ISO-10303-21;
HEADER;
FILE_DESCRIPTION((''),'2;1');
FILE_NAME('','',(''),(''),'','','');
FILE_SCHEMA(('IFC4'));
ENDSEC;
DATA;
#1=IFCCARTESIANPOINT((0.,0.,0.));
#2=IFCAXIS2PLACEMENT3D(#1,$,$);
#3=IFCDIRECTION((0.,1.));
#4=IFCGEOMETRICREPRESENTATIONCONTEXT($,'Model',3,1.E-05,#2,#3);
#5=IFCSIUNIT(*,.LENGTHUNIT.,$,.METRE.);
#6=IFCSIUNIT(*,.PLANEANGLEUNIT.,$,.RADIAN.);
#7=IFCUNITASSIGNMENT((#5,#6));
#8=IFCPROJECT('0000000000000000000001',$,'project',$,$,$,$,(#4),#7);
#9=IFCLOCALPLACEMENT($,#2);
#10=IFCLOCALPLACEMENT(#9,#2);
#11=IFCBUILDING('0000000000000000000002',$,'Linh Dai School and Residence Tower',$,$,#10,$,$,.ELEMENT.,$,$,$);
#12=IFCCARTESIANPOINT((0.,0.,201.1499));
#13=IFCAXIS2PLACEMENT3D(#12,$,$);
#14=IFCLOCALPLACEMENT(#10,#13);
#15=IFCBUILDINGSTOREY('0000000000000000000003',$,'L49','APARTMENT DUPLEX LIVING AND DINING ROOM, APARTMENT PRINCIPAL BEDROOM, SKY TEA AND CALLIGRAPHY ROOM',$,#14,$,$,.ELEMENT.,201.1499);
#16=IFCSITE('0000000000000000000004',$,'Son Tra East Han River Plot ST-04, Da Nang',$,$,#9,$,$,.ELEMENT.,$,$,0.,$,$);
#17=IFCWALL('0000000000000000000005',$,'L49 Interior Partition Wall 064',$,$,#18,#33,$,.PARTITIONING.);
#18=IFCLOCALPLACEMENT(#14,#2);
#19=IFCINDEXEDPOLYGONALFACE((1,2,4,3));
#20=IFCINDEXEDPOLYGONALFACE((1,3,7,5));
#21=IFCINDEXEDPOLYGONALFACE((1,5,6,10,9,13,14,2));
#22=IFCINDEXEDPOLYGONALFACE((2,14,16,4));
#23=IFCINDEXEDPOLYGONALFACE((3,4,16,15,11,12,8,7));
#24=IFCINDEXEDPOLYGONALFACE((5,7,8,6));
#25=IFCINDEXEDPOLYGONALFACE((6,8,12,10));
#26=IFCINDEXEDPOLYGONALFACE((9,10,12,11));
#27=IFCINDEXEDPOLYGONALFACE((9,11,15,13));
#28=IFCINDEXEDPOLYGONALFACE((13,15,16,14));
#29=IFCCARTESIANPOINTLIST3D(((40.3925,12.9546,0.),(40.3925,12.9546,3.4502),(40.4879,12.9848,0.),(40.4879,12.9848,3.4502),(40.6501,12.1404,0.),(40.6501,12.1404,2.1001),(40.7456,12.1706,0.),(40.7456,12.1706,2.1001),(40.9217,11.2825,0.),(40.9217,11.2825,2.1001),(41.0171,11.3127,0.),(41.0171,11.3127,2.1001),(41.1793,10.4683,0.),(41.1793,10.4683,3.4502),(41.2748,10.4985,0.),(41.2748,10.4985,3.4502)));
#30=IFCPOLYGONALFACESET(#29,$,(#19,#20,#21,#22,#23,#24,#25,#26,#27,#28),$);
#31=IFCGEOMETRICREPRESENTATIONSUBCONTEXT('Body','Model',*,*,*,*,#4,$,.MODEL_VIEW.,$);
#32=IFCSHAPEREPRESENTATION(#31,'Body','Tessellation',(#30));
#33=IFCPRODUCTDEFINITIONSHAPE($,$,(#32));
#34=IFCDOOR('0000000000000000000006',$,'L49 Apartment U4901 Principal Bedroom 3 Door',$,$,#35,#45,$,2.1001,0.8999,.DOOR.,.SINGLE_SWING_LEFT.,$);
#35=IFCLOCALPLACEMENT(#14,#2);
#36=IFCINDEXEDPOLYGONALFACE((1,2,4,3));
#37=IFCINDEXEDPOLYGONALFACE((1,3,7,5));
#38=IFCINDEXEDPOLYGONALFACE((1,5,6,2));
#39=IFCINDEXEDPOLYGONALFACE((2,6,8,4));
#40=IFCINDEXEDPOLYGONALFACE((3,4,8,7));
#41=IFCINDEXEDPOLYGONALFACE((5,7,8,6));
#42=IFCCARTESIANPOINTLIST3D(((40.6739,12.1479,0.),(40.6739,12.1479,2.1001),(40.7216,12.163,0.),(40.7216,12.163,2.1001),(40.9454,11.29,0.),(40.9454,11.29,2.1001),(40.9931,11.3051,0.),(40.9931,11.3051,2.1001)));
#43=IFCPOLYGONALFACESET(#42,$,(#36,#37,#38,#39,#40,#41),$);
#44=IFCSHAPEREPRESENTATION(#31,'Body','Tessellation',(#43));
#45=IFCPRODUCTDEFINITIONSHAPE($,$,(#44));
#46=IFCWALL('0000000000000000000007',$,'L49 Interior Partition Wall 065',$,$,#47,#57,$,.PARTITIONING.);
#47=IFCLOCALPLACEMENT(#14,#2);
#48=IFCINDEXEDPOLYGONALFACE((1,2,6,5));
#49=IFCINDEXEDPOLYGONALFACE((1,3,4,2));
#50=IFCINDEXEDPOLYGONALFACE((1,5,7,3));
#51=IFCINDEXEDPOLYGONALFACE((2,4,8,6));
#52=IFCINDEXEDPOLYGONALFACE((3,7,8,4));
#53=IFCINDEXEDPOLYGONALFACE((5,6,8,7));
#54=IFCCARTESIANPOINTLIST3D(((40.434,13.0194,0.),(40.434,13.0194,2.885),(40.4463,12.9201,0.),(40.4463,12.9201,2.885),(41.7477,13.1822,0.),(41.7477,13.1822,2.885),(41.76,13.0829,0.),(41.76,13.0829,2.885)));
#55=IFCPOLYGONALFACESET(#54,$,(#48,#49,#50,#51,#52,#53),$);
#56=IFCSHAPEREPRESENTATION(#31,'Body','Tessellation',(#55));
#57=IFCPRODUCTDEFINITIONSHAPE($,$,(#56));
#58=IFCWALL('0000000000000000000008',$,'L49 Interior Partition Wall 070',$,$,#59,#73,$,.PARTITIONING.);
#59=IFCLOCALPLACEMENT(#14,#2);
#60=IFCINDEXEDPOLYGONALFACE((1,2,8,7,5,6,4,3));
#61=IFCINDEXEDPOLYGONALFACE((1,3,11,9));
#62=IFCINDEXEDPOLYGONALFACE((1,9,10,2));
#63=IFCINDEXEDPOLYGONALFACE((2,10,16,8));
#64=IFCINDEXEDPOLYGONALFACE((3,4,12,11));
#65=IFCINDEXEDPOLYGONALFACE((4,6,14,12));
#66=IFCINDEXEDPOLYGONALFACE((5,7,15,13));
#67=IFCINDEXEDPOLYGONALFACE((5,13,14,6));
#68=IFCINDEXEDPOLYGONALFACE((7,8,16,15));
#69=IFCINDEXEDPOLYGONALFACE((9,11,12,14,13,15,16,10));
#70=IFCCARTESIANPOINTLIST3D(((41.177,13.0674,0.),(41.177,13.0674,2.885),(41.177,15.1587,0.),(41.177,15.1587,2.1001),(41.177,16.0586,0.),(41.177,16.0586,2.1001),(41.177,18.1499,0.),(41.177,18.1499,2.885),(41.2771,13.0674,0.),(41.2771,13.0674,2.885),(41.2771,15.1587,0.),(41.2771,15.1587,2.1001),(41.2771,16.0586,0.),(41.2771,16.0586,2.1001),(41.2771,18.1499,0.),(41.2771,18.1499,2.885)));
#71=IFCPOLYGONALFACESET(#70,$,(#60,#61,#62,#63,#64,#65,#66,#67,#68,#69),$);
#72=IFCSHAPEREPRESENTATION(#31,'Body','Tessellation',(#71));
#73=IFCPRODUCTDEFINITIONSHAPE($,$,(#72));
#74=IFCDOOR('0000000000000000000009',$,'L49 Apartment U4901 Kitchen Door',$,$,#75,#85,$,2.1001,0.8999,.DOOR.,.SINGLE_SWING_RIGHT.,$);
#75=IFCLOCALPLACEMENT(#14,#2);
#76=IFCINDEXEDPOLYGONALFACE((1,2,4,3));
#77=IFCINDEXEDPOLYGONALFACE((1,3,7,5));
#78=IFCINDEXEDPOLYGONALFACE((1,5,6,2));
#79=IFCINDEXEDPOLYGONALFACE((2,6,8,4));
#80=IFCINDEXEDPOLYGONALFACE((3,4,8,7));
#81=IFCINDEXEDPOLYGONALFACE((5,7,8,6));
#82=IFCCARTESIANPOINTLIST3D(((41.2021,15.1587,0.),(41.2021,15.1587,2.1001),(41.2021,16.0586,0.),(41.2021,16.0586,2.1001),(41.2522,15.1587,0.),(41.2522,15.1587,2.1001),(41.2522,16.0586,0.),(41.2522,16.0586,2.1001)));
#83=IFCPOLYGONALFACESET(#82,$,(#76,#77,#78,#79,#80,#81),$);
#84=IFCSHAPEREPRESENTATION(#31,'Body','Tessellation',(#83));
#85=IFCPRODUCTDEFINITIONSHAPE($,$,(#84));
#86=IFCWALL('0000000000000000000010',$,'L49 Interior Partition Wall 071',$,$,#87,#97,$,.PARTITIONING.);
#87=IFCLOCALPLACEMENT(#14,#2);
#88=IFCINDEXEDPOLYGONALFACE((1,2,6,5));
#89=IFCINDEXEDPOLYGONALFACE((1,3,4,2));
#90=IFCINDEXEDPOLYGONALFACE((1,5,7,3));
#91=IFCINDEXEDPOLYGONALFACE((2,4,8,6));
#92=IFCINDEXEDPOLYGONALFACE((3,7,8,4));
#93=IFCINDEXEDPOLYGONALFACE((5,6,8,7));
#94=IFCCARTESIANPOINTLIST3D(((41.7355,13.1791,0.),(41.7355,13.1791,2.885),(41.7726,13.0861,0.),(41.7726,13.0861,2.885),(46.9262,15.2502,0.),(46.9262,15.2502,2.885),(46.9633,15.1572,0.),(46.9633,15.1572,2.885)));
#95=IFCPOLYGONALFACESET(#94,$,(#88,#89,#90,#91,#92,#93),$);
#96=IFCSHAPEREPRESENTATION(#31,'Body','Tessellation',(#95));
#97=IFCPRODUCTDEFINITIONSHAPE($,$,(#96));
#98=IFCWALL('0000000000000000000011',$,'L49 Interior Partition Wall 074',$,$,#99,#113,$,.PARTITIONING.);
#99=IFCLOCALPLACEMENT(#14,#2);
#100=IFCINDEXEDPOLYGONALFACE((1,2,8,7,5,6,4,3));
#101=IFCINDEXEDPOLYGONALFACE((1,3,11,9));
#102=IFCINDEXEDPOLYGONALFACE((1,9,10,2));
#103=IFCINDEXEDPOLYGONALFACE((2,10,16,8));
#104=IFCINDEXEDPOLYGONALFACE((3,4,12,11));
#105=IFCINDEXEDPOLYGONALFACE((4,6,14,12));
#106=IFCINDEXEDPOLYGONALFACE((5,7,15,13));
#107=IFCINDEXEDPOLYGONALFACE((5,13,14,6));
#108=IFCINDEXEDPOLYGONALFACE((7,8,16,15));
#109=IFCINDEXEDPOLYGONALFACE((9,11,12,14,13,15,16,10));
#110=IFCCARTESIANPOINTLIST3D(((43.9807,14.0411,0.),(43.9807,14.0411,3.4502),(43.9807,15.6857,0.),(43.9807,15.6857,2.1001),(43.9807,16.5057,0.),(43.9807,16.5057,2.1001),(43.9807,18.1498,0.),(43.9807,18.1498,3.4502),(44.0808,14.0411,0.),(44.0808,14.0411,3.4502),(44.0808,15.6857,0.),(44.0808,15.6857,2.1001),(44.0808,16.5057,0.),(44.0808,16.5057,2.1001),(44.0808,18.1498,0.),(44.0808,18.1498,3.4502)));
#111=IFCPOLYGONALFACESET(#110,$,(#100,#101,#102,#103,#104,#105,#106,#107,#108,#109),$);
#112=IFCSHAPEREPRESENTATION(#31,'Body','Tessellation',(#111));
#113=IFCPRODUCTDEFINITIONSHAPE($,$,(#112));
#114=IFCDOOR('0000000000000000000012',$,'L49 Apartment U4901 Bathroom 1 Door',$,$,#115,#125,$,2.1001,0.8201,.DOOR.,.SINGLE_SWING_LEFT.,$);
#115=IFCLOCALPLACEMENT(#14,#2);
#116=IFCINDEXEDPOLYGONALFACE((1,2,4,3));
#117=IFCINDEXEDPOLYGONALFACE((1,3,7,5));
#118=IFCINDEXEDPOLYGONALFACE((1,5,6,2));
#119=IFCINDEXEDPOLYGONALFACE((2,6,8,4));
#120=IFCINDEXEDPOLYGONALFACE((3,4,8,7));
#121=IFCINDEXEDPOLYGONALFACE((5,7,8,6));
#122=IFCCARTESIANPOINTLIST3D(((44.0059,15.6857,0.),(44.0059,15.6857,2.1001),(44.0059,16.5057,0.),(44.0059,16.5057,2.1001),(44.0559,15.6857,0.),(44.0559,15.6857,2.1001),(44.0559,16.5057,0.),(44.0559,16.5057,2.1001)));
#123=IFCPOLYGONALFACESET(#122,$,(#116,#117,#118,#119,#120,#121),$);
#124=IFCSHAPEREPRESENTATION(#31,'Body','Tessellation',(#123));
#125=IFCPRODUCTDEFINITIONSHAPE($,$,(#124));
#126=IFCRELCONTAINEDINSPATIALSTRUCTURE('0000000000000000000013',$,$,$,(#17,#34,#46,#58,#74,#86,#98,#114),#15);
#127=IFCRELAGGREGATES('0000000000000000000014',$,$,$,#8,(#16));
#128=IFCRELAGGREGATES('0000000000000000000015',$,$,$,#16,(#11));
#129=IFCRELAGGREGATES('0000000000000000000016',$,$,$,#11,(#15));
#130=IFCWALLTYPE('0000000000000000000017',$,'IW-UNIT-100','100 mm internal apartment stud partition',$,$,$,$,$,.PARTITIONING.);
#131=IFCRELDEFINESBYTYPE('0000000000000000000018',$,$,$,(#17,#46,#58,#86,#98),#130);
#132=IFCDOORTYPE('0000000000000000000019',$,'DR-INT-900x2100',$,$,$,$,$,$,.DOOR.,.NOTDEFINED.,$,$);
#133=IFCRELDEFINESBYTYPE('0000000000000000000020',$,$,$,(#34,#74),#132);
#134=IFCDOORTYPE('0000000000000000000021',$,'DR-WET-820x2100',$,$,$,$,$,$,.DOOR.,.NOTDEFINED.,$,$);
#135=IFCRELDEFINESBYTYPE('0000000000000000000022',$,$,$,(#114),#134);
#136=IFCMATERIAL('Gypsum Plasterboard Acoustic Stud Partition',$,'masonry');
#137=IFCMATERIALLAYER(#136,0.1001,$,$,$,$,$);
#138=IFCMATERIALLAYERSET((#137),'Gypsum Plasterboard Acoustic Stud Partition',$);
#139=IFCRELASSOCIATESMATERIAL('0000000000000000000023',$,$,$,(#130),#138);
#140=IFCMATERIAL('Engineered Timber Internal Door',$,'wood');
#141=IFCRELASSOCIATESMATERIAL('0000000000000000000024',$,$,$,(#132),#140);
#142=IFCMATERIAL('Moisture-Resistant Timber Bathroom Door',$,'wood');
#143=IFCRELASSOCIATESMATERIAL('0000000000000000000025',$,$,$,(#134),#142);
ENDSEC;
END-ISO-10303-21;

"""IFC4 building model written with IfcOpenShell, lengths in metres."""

from ifc_helpers import new_model, si_unit, direction, frame, frame_2d, origin, origin_2d, place, context, subcontext, project, spatial, rectangle, extrude, source, transform, mapped, material, layer, layer_set, type_object, element, fill, save


model = new_model("IFC4")

# Units and contexts
model_context = context("Model", 3, precision=1e-05, world=origin(), true_north=direction((0.0, 1.0)))
body_context = subcontext(model_context, "Body", "Model", "MODEL_VIEW")
ifc_project = project(units=[si_unit("LENGTHUNIT", "METRE"), si_unit("PLANEANGLEUNIT", "RADIAN")], contexts=[model_context])

# Site, building, storey
site_placement = place(None, origin())
site = spatial("IfcSite", under=ifc_project, at=site_placement, Name="Son Tra East Han River Plot ST-04, Da Nang", CompositionType="ELEMENT", RefElevation=0.0)
building_placement = place(site_placement, origin())
building = spatial("IfcBuilding", under=site, at=building_placement, Name="Linh Dai School and Residence Tower", CompositionType="ELEMENT")
storey_placement = place(building_placement, frame((0.0, 0.0, 201.1499)))
storey = spatial("IfcBuildingStorey", under=building, at=storey_placement, Name="L49", Description="APARTMENT DUPLEX LIVING AND DINING ROOM, APARTMENT PRINCIPAL BEDROOM, SKY TEA AND CALLIGRAPHY ROOM", CompositionType="ELEMENT", Elevation=201.1499)

# Wall, opening, door
ifc_material_1 = material(Name="Gypsum Plasterboard Acoustic Stud Partition", Category="masonry")
ifc_layer_1 = layer(ifc_material_1, 0.1001)
ifc_layer_set_1 = layer_set([ifc_layer_1], Name="Gypsum Plasterboard Acoustic Stud Partition")
wall_type_1 = type_object("IfcWallType", Name="IW-UNIT-100", Description="100 mm internal apartment stud partition", PredefinedType="PARTITIONING", material=ifc_layer_set_1)
wall_1_placement = place(storey_placement, frame((40.4402, 12.9697, 0.0), z_axis=(0.0, 0.0, 1.0), x_axis=(0.301727, -0.953394, 0.0)))
wall_1 = element("IfcWall", 1, at=wall_1_placement, inside=storey, type_object=wall_type_1, Name="L49 Interior Partition Wall 064", PredefinedType="PARTITIONING", context=body_context, shape_type="SweptSolid", body=[
    extrude(rectangle(XDim=2.6079, YDim=0.1001, at=frame_2d((1.304, 0.0))), origin(), (0.0, 0.0, 1.0), 3.4502),
])
opening_1_placement = place(wall_1_placement, frame((0.854, 0.0, 0.0)))
opening_1 = element("IfcOpeningElement", 2, at=opening_1_placement, cuts=wall_1, PredefinedType="OPENING", context=body_context, shape_type="SweptSolid", body=[
    extrude(rectangle(XDim=0.8999, YDim=2.1001, at=origin_2d()), frame((0.45, 0.0601, 1.05), z_axis=(0.0, -1.0, 0.0), x_axis=(1.0, 0.0, 0.0)), (0.0, 0.0, 1.0), 0.1201),
])
ifc_material_2 = material(Name="Engineered Timber Internal Door", Category="wood")
door_type_1 = type_object("IfcDoorType", Name="DR-INT-900x2100", OperationType="NOTDEFINED", PredefinedType="DOOR", material=ifc_material_2)
shared_shape_1 = source(origin(), body_context, "Body", "SweptSolid", [
    extrude(rectangle(XDim=0.8999, YDim=2.1001, at=origin_2d()), frame((0.45, 0.0249, 1.05), z_axis=(0.0, -1.0, 0.0), x_axis=(1.0, 0.0, 0.0)), (0.0, 0.0, 1.0), 0.05),
])
door_1_placement = place(opening_1_placement, origin())
door_1 = element("IfcDoor", 3, at=door_1_placement, inside=storey, type_object=door_type_1, Name="L49 Apartment U4901 Principal Bedroom 3 Door", OperationType="SINGLE_SWING_LEFT", OverallHeight=2.1001, OverallWidth=0.8999, PredefinedType="DOOR", context=body_context, shape_type="MappedRepresentation", body=[
    mapped(shared_shape_1, transform((0.0, 0.0, 0.0), x_axis=(1.0, 0.0, 0.0), y_axis=(0.0, 1.0, 0.0), z_axis=(0.0, 0.0, 1.0), scale=1.0)),
])
fill(opening_1, door_1)

# Wall
wall_2_placement = place(storey_placement, frame((40.4402, 12.9697, 0.0), z_axis=(0.0, 0.0, 1.0), x_axis=(0.992405, 0.123013, 0.0)))
element("IfcWall", 4, at=wall_2_placement, inside=storey, type_object=wall_type_1, Name="L49 Interior Partition Wall 065", PredefinedType="PARTITIONING", context=body_context, shape_type="SweptSolid", body=[
    extrude(rectangle(XDim=1.3237, YDim=0.1001, at=frame_2d((0.6619, 0.0))), origin(), (0.0, 0.0, 1.0), 2.885),
])

# Wall, opening, door
wall_3_placement = place(storey_placement, frame((41.2271, 13.0674, 0.0), z_axis=(0.0, 0.0, 1.0), x_axis=(0.0, 1.0, 0.0)))
wall_3 = element("IfcWall", 5, at=wall_3_placement, inside=storey, type_object=wall_type_1, Name="L49 Interior Partition Wall 070", PredefinedType="PARTITIONING", context=body_context, shape_type="SweptSolid", body=[
    extrude(rectangle(XDim=5.0825, YDim=0.1001, at=frame_2d((2.5413, 0.0))), origin(), (0.0, 0.0, 1.0), 2.885),
])
opening_2_placement = place(wall_3_placement, frame((2.0913, 0.0, 0.0)))
opening_2 = element("IfcOpeningElement", 6, at=opening_2_placement, cuts=wall_3, PredefinedType="OPENING", context=body_context, shape_type="SweptSolid", body=[
    extrude(rectangle(XDim=0.8999, YDim=2.1001, at=origin_2d()), frame((0.45, 0.0601, 1.05), z_axis=(0.0, -1.0, 0.0), x_axis=(1.0, 0.0, 0.0)), (0.0, 0.0, 1.0), 0.1201),
])
door_2_placement = place(opening_2_placement, origin())
door_2 = element("IfcDoor", 7, at=door_2_placement, inside=storey, type_object=door_type_1, Name="L49 Apartment U4901 Kitchen Door", OperationType="SINGLE_SWING_RIGHT", OverallHeight=2.1001, OverallWidth=0.8999, PredefinedType="DOOR", context=body_context, shape_type="MappedRepresentation", body=[
    mapped(shared_shape_1, transform((0.0, 0.0, 0.0), x_axis=(1.0, 0.0, 0.0), y_axis=(0.0, 1.0, 0.0), z_axis=(0.0, 0.0, 1.0), scale=1.0)),
])
fill(opening_2, door_2)

# Wall
wall_4_placement = place(storey_placement, frame((41.7539, 13.1326, 0.0), z_axis=(0.0, 0.0, 1.0), x_axis=(0.928799, 0.370585, 0.0)))
element("IfcWall", 8, at=wall_4_placement, inside=storey, type_object=wall_type_1, Name="L49 Interior Partition Wall 071", PredefinedType="PARTITIONING", context=body_context, shape_type="SweptSolid", body=[
    extrude(rectangle(XDim=5.5886, YDim=0.1001, at=frame_2d((2.7944, 0.0))), origin(), (0.0, 0.0, 1.0), 2.885),
])

# Wall, opening, door
wall_5_placement = place(storey_placement, frame((44.0308, 14.0413, 0.0), z_axis=(0.0, 0.0, 1.0), x_axis=(0.0, 1.0, 0.0)))
wall_5 = element("IfcWall", 9, at=wall_5_placement, inside=storey, type_object=wall_type_1, Name="L49 Interior Partition Wall 074", PredefinedType="PARTITIONING", context=body_context, shape_type="SweptSolid", body=[
    extrude(rectangle(XDim=4.1086, YDim=0.1001, at=frame_2d((2.0542, 0.0))), origin(), (0.0, 0.0, 1.0), 3.4502),
])
opening_3_placement = place(wall_5_placement, frame((1.6443, 0.0, 0.0)))
opening_3 = element("IfcOpeningElement", 10, at=opening_3_placement, cuts=wall_5, PredefinedType="OPENING", context=body_context, shape_type="SweptSolid", body=[
    extrude(rectangle(XDim=0.8201, YDim=2.1001, at=origin_2d()), frame((0.4102, 0.0601, 1.05), z_axis=(0.0, -1.0, 0.0), x_axis=(1.0, 0.0, 0.0)), (0.0, 0.0, 1.0), 0.1201),
])
ifc_material_3 = material(Name="Moisture-Resistant Timber Bathroom Door", Category="wood")
door_type_2 = type_object("IfcDoorType", Name="DR-WET-820x2100", OperationType="NOTDEFINED", PredefinedType="DOOR", material=ifc_material_3)
shared_shape_2 = source(origin(), body_context, "Body", "SweptSolid", [
    extrude(rectangle(XDim=0.8201, YDim=2.1001, at=origin_2d()), frame((0.4102, 0.0249, 1.05), z_axis=(0.0, -1.0, 0.0), x_axis=(1.0, 0.0, 0.0)), (0.0, 0.0, 1.0), 0.05),
])
door_3_placement = place(opening_3_placement, origin())
door_3 = element("IfcDoor", 11, at=door_3_placement, inside=storey, type_object=door_type_2, Name="L49 Apartment U4901 Bathroom 1 Door", OperationType="SINGLE_SWING_LEFT", OverallHeight=2.1001, OverallWidth=0.8201, PredefinedType="DOOR", context=body_context, shape_type="MappedRepresentation", body=[
    mapped(shared_shape_2, transform((0.0, 0.0, 0.0), x_axis=(1.0, 0.0, 0.0), y_axis=(0.0, 1.0, 0.0), z_axis=(0.0, 0.0, 1.0), scale=1.0)),
])
fill(opening_3, door_3)

save(model, "model.ifc")
